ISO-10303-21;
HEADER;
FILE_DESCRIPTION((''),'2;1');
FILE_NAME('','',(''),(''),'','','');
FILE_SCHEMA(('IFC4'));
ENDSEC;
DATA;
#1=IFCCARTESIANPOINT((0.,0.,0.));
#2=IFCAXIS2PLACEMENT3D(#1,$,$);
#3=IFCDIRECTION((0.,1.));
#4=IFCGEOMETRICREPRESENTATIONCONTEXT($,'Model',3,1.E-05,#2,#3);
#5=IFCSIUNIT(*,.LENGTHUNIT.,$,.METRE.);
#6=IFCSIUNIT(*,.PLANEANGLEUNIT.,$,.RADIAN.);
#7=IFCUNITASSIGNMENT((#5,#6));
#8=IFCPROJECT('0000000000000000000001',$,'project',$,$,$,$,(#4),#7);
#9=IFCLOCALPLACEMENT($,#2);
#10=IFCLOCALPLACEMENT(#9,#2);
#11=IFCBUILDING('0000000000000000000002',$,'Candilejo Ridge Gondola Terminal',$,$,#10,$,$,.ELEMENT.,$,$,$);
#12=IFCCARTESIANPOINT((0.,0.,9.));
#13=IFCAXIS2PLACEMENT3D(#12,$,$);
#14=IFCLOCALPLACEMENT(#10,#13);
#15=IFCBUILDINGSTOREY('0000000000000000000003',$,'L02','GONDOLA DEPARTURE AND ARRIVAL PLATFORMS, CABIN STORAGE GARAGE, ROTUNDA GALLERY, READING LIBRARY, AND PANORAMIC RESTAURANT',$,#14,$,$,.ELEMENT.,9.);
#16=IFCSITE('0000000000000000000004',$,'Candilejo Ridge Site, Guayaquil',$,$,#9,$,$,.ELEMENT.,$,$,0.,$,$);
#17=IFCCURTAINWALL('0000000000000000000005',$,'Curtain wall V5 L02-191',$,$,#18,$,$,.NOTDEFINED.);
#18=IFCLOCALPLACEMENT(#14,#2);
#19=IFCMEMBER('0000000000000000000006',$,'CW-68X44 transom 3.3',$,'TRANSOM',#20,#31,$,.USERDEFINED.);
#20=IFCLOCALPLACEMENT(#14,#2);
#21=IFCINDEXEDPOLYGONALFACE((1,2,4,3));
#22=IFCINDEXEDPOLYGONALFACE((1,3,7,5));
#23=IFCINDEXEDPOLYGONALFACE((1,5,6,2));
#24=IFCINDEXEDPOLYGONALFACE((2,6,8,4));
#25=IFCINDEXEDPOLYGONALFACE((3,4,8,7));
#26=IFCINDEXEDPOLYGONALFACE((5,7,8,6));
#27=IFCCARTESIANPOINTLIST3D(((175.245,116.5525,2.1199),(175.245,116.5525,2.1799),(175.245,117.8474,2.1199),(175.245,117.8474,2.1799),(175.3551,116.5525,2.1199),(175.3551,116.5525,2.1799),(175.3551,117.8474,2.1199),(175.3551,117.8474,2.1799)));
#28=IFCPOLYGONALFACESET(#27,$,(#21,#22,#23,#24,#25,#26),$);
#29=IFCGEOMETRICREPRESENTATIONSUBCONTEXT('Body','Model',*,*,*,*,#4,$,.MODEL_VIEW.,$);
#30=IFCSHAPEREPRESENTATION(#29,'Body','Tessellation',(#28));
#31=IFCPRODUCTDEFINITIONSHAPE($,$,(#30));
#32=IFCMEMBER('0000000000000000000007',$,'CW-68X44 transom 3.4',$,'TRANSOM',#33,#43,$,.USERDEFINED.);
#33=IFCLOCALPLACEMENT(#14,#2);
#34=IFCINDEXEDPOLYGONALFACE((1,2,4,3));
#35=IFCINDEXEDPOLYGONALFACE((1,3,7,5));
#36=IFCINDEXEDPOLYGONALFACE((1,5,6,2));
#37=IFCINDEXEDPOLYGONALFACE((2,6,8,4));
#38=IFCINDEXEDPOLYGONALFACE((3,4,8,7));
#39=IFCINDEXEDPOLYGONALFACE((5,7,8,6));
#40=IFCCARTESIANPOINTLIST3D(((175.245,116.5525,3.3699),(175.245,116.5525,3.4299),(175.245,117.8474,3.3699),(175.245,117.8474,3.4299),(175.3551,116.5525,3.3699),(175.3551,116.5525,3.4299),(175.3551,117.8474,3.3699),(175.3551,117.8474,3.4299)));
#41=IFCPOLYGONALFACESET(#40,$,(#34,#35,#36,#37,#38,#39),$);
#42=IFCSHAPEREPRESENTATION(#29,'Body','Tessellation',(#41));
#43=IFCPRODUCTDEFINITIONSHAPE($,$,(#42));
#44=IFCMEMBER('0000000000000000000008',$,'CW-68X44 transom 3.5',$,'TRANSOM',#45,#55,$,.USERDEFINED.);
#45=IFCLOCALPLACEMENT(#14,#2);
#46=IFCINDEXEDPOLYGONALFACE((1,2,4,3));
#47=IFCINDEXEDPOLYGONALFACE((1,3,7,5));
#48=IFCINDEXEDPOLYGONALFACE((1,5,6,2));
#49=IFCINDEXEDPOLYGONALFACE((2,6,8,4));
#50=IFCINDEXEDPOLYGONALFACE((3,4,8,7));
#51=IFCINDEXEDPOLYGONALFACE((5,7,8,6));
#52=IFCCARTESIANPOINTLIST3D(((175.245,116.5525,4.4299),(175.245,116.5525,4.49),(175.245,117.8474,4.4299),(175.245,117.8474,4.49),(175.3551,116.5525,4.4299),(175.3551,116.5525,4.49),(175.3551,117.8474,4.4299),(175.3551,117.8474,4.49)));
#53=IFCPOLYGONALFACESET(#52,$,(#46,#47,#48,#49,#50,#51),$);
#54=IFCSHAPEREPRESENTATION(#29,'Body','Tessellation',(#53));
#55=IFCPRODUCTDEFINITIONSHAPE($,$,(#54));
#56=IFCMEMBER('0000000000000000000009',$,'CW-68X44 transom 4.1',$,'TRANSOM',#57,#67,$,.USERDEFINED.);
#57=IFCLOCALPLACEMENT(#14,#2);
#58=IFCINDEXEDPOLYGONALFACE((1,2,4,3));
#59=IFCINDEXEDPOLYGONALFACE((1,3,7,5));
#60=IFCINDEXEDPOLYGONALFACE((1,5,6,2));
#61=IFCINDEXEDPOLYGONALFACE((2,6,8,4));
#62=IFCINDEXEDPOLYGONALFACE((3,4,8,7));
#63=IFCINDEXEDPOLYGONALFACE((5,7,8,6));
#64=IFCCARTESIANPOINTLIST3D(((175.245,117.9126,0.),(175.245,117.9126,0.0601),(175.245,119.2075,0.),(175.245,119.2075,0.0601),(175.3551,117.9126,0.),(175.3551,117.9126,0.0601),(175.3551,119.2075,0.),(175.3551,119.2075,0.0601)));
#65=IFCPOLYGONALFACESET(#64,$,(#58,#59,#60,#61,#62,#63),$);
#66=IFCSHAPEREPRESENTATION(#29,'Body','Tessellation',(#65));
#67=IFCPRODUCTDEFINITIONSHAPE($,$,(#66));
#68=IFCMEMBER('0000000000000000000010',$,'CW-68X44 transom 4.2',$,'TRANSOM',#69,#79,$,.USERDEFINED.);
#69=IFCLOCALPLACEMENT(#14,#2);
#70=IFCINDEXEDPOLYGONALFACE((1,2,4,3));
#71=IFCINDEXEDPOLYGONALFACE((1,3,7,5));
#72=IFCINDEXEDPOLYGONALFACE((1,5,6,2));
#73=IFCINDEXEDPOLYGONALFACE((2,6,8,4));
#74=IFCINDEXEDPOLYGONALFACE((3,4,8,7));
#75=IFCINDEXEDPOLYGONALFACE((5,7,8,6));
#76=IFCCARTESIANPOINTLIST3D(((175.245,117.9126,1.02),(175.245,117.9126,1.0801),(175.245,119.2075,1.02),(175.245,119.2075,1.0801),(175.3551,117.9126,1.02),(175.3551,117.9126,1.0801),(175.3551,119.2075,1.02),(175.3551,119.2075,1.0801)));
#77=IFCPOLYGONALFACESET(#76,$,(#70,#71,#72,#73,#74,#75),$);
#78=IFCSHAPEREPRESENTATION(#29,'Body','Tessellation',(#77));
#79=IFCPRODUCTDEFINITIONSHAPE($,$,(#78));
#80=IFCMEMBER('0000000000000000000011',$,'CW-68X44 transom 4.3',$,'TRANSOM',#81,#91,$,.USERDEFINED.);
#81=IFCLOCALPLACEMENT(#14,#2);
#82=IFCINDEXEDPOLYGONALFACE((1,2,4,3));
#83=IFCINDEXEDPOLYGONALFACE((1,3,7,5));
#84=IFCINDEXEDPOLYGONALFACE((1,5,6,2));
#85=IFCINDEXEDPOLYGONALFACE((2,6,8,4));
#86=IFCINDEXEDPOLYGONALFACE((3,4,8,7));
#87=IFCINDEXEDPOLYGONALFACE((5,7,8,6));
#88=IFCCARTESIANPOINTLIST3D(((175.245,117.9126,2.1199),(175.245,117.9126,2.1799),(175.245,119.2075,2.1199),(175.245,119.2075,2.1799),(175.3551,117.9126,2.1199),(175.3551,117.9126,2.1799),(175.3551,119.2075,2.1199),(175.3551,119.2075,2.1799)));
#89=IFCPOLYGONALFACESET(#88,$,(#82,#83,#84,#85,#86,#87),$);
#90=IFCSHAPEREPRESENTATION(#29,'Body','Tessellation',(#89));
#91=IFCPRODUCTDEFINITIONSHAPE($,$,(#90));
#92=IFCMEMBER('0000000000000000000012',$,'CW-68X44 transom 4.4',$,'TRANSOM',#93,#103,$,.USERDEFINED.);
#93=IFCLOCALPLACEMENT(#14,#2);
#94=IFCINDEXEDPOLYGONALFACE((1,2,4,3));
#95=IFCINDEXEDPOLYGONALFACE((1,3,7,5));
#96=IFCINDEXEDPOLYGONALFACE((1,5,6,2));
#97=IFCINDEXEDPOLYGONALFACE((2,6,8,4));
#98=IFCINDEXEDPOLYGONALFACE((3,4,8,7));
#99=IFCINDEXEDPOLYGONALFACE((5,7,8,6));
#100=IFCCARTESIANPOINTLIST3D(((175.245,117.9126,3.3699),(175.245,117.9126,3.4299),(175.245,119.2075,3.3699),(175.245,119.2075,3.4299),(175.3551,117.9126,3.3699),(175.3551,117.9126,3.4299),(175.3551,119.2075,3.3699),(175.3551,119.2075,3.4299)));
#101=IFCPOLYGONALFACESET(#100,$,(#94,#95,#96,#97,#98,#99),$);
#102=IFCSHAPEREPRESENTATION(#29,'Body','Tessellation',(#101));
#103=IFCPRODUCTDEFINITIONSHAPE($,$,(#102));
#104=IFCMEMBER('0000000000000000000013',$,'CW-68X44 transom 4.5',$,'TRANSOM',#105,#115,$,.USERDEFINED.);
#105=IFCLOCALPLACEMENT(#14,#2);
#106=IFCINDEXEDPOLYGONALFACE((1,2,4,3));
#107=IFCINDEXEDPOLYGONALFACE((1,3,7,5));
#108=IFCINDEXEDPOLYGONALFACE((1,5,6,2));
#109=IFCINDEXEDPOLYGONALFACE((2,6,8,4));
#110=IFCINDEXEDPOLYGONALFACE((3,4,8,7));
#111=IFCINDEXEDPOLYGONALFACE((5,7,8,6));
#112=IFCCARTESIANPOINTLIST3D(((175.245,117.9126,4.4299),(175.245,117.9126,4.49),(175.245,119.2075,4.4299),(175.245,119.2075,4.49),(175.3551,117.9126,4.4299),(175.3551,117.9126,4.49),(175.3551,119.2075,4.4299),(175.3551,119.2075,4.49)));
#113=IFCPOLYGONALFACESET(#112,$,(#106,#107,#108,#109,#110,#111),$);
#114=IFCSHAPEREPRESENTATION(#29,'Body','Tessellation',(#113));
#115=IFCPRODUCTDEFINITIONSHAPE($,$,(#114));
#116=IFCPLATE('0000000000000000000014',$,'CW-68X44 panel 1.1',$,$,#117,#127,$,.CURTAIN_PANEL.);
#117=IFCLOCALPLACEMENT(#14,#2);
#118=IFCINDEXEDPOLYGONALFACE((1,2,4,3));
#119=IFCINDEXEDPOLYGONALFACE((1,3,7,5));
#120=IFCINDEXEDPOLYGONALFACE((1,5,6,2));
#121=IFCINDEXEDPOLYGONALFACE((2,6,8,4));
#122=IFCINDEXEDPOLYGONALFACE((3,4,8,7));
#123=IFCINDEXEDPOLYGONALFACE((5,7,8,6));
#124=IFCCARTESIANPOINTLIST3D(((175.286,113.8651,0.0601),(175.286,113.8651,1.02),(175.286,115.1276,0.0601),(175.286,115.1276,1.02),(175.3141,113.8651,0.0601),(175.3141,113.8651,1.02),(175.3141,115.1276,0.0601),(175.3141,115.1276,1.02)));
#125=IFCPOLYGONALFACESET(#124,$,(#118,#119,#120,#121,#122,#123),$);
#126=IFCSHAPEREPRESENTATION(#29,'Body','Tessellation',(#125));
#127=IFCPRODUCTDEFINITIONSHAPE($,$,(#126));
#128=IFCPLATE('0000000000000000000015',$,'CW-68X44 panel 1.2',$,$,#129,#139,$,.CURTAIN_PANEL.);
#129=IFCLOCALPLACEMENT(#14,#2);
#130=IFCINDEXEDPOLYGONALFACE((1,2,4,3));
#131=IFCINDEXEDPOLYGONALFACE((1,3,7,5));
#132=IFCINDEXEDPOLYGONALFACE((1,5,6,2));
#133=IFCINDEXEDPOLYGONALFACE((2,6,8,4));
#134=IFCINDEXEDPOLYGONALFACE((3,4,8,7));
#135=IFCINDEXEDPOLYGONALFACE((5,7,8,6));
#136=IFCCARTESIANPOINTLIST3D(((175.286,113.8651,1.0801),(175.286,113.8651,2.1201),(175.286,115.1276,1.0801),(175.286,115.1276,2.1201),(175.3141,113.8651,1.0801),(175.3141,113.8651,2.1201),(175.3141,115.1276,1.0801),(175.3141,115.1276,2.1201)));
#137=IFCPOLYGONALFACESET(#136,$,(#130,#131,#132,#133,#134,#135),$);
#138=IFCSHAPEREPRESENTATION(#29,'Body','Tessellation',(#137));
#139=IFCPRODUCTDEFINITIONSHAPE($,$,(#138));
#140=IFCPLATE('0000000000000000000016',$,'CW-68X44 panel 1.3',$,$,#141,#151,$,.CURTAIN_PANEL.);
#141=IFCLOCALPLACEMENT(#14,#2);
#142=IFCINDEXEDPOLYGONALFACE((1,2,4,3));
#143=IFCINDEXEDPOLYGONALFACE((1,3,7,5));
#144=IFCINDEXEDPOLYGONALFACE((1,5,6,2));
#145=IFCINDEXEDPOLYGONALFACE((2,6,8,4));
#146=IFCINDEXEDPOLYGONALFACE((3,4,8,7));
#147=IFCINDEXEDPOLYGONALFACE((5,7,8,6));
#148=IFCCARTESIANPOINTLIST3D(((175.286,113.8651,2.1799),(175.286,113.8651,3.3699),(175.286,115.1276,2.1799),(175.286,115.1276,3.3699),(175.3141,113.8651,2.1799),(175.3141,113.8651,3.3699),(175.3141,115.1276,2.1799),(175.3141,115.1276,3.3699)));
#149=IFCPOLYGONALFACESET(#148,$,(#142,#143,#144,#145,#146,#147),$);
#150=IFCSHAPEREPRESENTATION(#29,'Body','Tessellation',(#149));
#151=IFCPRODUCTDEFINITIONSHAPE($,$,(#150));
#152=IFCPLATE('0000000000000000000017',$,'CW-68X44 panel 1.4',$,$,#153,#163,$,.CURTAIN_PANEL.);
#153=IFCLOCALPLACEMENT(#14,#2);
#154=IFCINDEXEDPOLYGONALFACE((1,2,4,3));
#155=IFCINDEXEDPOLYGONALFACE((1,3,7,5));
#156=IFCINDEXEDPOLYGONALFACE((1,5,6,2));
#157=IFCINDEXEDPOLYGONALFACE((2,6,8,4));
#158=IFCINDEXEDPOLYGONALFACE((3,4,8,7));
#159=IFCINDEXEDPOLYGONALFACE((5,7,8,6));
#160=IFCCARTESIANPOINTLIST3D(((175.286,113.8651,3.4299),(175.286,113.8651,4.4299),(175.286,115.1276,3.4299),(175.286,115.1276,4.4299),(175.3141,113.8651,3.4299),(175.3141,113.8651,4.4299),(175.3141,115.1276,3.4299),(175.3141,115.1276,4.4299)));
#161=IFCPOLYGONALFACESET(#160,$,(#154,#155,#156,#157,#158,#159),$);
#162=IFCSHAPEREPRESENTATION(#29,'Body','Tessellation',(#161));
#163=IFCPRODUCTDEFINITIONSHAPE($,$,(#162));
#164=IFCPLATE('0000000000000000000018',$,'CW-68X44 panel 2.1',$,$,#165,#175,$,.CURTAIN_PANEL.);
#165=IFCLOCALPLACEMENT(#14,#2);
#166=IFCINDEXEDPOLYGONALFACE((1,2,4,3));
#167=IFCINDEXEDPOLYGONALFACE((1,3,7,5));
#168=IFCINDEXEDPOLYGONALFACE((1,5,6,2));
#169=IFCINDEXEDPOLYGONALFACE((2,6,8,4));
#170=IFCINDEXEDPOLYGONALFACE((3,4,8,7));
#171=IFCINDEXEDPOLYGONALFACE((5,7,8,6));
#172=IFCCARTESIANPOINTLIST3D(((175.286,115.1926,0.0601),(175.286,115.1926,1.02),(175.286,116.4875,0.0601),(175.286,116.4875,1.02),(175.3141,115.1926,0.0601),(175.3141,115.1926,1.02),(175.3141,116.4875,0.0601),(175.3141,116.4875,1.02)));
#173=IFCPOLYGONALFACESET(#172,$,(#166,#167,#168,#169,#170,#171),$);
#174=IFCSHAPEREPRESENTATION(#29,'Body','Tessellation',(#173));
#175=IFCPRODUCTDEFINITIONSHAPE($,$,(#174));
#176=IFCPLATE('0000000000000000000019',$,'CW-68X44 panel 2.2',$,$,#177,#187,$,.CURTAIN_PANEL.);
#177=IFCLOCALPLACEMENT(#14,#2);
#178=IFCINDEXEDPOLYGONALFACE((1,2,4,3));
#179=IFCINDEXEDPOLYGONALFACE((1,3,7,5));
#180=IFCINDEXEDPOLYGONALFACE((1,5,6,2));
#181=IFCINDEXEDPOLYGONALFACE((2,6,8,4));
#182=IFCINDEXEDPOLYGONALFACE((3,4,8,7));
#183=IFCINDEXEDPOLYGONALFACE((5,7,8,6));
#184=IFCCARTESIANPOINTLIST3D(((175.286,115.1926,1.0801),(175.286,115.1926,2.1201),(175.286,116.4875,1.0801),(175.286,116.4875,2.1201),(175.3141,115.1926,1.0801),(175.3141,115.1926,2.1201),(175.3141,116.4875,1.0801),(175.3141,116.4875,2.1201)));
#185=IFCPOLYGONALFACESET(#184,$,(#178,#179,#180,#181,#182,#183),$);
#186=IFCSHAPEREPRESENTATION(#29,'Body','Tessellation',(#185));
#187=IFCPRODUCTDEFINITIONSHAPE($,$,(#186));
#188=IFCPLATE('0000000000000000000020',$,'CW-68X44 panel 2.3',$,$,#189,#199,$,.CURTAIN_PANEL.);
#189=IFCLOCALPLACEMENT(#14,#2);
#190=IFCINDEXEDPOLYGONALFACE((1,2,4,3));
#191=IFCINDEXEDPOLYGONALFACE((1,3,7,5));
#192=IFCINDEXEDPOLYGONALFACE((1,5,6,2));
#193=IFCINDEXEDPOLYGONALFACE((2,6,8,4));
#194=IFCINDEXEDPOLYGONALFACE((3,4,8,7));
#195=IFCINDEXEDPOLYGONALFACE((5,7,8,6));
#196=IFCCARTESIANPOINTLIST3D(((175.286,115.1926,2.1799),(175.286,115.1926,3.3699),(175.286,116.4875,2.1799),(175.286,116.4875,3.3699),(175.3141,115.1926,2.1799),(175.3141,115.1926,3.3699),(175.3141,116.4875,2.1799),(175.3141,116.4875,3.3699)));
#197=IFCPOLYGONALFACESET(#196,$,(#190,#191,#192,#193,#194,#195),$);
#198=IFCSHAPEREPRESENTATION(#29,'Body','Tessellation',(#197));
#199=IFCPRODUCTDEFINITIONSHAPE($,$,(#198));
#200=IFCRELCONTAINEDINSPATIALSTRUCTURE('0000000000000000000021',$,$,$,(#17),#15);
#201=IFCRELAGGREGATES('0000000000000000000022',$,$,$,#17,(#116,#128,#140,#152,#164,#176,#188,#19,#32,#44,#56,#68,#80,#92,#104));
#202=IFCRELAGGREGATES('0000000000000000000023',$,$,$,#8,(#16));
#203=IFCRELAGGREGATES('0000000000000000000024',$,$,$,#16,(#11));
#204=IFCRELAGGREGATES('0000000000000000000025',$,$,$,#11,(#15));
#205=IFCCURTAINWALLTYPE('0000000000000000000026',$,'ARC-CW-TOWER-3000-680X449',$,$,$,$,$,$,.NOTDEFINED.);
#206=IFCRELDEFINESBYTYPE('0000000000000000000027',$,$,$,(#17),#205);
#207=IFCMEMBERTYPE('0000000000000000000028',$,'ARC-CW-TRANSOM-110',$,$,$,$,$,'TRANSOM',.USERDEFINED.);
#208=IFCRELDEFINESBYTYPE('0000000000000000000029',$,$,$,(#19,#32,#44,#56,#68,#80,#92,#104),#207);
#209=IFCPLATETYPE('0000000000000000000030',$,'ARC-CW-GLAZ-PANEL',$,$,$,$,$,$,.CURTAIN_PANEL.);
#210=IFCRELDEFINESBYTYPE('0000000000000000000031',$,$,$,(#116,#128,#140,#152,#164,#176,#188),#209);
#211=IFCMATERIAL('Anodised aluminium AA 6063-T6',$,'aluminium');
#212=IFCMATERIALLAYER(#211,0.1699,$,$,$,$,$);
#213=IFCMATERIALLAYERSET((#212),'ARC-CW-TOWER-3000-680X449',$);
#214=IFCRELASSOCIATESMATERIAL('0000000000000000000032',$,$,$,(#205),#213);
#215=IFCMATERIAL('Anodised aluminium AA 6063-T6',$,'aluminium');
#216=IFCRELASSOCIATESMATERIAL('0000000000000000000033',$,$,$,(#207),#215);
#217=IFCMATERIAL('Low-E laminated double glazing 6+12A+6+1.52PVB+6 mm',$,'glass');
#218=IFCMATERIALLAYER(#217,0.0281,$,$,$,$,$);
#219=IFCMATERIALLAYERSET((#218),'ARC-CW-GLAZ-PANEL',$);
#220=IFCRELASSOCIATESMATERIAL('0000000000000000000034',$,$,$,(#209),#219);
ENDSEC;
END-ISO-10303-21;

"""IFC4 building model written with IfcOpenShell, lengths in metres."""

from ifc_helpers import new_model, si_unit, direction, frame, origin, origin_2d, place, context, subcontext, project, spatial, rectangle, extrude, material, layer, layer_set, material_profile, profile_set, type_object, element, aggregate, save


model = new_model("IFC4")

# Units and contexts
model_context = context("Model", 3, precision=1e-05, world=origin(), true_north=direction((0.0, 1.0)))
body_context = subcontext(model_context, "Body", "Model", "MODEL_VIEW")
ifc_project = project(units=[si_unit("LENGTHUNIT", "METRE"), si_unit("PLANEANGLEUNIT", "RADIAN")], contexts=[model_context])

# Site, building, storey
site_placement = place(None, origin())
site = spatial("IfcSite", under=ifc_project, at=site_placement, Name="Candilejo Ridge Site, Guayaquil", CompositionType="ELEMENT", RefElevation=0.0)
building_placement = place(site_placement, origin())
building = spatial("IfcBuilding", under=site, at=building_placement, Name="Candilejo Ridge Gondola Terminal", CompositionType="ELEMENT")
storey_placement = place(building_placement, frame((0.0, 0.0, 9.0)))
storey = spatial("IfcBuildingStorey", under=building, at=storey_placement, Name="L02", Description="GONDOLA DEPARTURE AND ARRIVAL PLATFORMS, CABIN STORAGE GARAGE, ROTUNDA GALLERY, READING LIBRARY, AND PANORAMIC RESTAURANT", CompositionType="ELEMENT", Elevation=9.0)

# Curtain wall, members, plates
ifc_material_1 = material(Name="Anodised aluminium AA 6063-T6", Category="aluminium")
ifc_layer_1 = layer(ifc_material_1, 0.1699)
ifc_layer_set_1 = layer_set([ifc_layer_1], Name="ARC-CW-TOWER-3000-680X449")
curtain_wall_type = type_object("IfcCurtainWallType", Name="ARC-CW-TOWER-3000-680X449", PredefinedType="NOTDEFINED", material=ifc_layer_set_1)
curtain_wall_placement = place(storey_placement, origin())
curtain_wall = element("IfcCurtainWall", 1, at=curtain_wall_placement, inside=storey, type_object=curtain_wall_type, Name="Curtain wall V5 L02-191", PredefinedType="NOTDEFINED")
ifc_material_2 = material(Name="Anodised aluminium AA 6063-T6", Category="aluminium")
ifc_material_profile_1 = material_profile(ifc_material_2, rectangle(XDim=0.1101, YDim=0.0601, at=origin_2d()))
ifc_profile_set_1 = profile_set([ifc_material_profile_1], Name="Anodised aluminium AA 6063-T6")
member_type_1 = type_object("IfcMemberType", Name="ARC-CW-TRANSOM-110", ElementType="TRANSOM", PredefinedType="USERDEFINED", material=ifc_profile_set_1)
member_1_placement = place(storey_placement, frame((175.3, 116.5525, 2.1499), z_axis=(0.0, 1.0, 0.0), x_axis=(-1.0, 0.0, 0.0)))
member_1 = element("IfcMember", 2, at=member_1_placement, type_object=member_type_1, Name="CW-68X44 transom 3.3", ObjectType="TRANSOM", PredefinedType="USERDEFINED", context=body_context, shape_type="SweptSolid", body=[
    extrude(rectangle(XDim=0.1101, YDim=0.0601, at=origin_2d()), origin(), (0.0, 0.0, 1.0), 1.2949),
])
member_2_placement = place(storey_placement, frame((175.3, 116.5525, 3.3999), z_axis=(0.0, 1.0, 0.0), x_axis=(-1.0, 0.0, 0.0)))
member_2 = element("IfcMember", 3, at=member_2_placement, type_object=member_type_1, Name="CW-68X44 transom 3.4", ObjectType="TRANSOM", PredefinedType="USERDEFINED", context=body_context, shape_type="SweptSolid", body=[
    extrude(rectangle(XDim=0.1101, YDim=0.0601, at=origin_2d()), origin(), (0.0, 0.0, 1.0), 1.2949),
])
member_3_placement = place(storey_placement, frame((175.3, 116.5525, 4.46), z_axis=(0.0, 1.0, 0.0), x_axis=(-1.0, 0.0, 0.0)))
member_3 = element("IfcMember", 4, at=member_3_placement, type_object=member_type_1, Name="CW-68X44 transom 3.5", ObjectType="TRANSOM", PredefinedType="USERDEFINED", context=body_context, shape_type="SweptSolid", body=[
    extrude(rectangle(XDim=0.1101, YDim=0.0601, at=origin_2d()), origin(), (0.0, 0.0, 1.0), 1.2949),
])
member_4_placement = place(storey_placement, frame((175.3, 117.9126, 0.03), z_axis=(0.0, 1.0, 0.0), x_axis=(-1.0, 0.0, 0.0)))
member_4 = element("IfcMember", 5, at=member_4_placement, type_object=member_type_1, Name="CW-68X44 transom 4.1", ObjectType="TRANSOM", PredefinedType="USERDEFINED", context=body_context, shape_type="SweptSolid", body=[
    extrude(rectangle(XDim=0.1101, YDim=0.0601, at=origin_2d()), origin(), (0.0, 0.0, 1.0), 1.2949),
])
member_5_placement = place(storey_placement, frame((175.3, 117.9126, 1.05), z_axis=(0.0, 1.0, 0.0), x_axis=(-1.0, 0.0, 0.0)))
member_5 = element("IfcMember", 6, at=member_5_placement, type_object=member_type_1, Name="CW-68X44 transom 4.2", ObjectType="TRANSOM", PredefinedType="USERDEFINED", context=body_context, shape_type="SweptSolid", body=[
    extrude(rectangle(XDim=0.1101, YDim=0.0601, at=origin_2d()), origin(), (0.0, 0.0, 1.0), 1.2949),
])
member_6_placement = place(storey_placement, frame((175.3, 117.9126, 2.1499), z_axis=(0.0, 1.0, 0.0), x_axis=(-1.0, 0.0, 0.0)))
member_6 = element("IfcMember", 7, at=member_6_placement, type_object=member_type_1, Name="CW-68X44 transom 4.3", ObjectType="TRANSOM", PredefinedType="USERDEFINED", context=body_context, shape_type="SweptSolid", body=[
    extrude(rectangle(XDim=0.1101, YDim=0.0601, at=origin_2d()), origin(), (0.0, 0.0, 1.0), 1.2949),
])
member_7_placement = place(storey_placement, frame((175.3, 117.9126, 3.3999), z_axis=(0.0, 1.0, 0.0), x_axis=(-1.0, 0.0, 0.0)))
member_7 = element("IfcMember", 8, at=member_7_placement, type_object=member_type_1, Name="CW-68X44 transom 4.4", ObjectType="TRANSOM", PredefinedType="USERDEFINED", context=body_context, shape_type="SweptSolid", body=[
    extrude(rectangle(XDim=0.1101, YDim=0.0601, at=origin_2d()), origin(), (0.0, 0.0, 1.0), 1.2949),
])
member_8_placement = place(storey_placement, frame((175.3, 117.9126, 4.46), z_axis=(0.0, 1.0, 0.0), x_axis=(-1.0, 0.0, 0.0)))
member_8 = element("IfcMember", 9, at=member_8_placement, type_object=member_type_1, Name="CW-68X44 transom 4.5", ObjectType="TRANSOM", PredefinedType="USERDEFINED", context=body_context, shape_type="SweptSolid", body=[
    extrude(rectangle(XDim=0.1101, YDim=0.0601, at=origin_2d()), origin(), (0.0, 0.0, 1.0), 1.2949),
])
ifc_material_3 = material(Name="Low-E laminated double glazing 6+12A+6+1.52PVB+6 mm", Category="glass")
ifc_layer_2 = layer(ifc_material_3, 0.0281)
ifc_layer_set_2 = layer_set([ifc_layer_2], Name="ARC-CW-GLAZ-PANEL")
plate_type = type_object("IfcPlateType", Name="ARC-CW-GLAZ-PANEL", PredefinedType="CURTAIN_PANEL", material=ifc_layer_set_2)
plate_1_placement = place(storey_placement, frame((175.3, 114.4963, 0.0601), z_axis=(0.0, 0.0, 1.0), x_axis=(0.0, 1.0, 0.0)))
plate_1 = element("IfcPlate", 10, at=plate_1_placement, type_object=plate_type, Name="CW-68X44 panel 1.1", PredefinedType="CURTAIN_PANEL", context=body_context, shape_type="SweptSolid", body=[
    extrude(rectangle(XDim=1.2625, YDim=0.0281, at=origin_2d()), origin(), (0.0, 0.0, 1.0), 0.96),
])
plate_2_placement = place(storey_placement, frame((175.3, 114.4963, 1.0801), z_axis=(0.0, 0.0, 1.0), x_axis=(0.0, 1.0, 0.0)))
plate_2 = element("IfcPlate", 11, at=plate_2_placement, type_object=plate_type, Name="CW-68X44 panel 1.2", PredefinedType="CURTAIN_PANEL", context=body_context, shape_type="SweptSolid", body=[
    extrude(rectangle(XDim=1.2625, YDim=0.0281, at=origin_2d()), origin(), (0.0, 0.0, 1.0), 1.04),
])
plate_3_placement = place(storey_placement, frame((175.3, 114.4963, 2.1799), z_axis=(0.0, 0.0, 1.0), x_axis=(0.0, 1.0, 0.0)))
plate_3 = element("IfcPlate", 12, at=plate_3_placement, type_object=plate_type, Name="CW-68X44 panel 1.3", PredefinedType="CURTAIN_PANEL", context=body_context, shape_type="SweptSolid", body=[
    extrude(rectangle(XDim=1.2625, YDim=0.0281, at=origin_2d()), origin(), (0.0, 0.0, 1.0), 1.1899),
])
plate_4_placement = place(storey_placement, frame((175.3, 114.4963, 3.4299), z_axis=(0.0, 0.0, 1.0), x_axis=(0.0, 1.0, 0.0)))
plate_4 = element("IfcPlate", 13, at=plate_4_placement, type_object=plate_type, Name="CW-68X44 panel 1.4", PredefinedType="CURTAIN_PANEL", context=body_context, shape_type="SweptSolid", body=[
    extrude(rectangle(XDim=1.2625, YDim=0.0281, at=origin_2d()), origin(), (0.0, 0.0, 1.0), 1.0),
])
plate_5_placement = place(storey_placement, frame((175.3, 115.8401, 0.0601), z_axis=(0.0, 0.0, 1.0), x_axis=(0.0, 1.0, 0.0)))
plate_5 = element("IfcPlate", 14, at=plate_5_placement, type_object=plate_type, Name="CW-68X44 panel 2.1", PredefinedType="CURTAIN_PANEL", context=body_context, shape_type="SweptSolid", body=[
    extrude(rectangle(XDim=1.2949, YDim=0.0281, at=origin_2d()), origin(), (0.0, 0.0, 1.0), 0.96),
])
plate_6_placement = place(storey_placement, frame((175.3, 115.8401, 1.0801), z_axis=(0.0, 0.0, 1.0), x_axis=(0.0, 1.0, 0.0)))
plate_6 = element("IfcPlate", 15, at=plate_6_placement, type_object=plate_type, Name="CW-68X44 panel 2.2", PredefinedType="CURTAIN_PANEL", context=body_context, shape_type="SweptSolid", body=[
    extrude(rectangle(XDim=1.2949, YDim=0.0281, at=origin_2d()), origin(), (0.0, 0.0, 1.0), 1.04),
])
plate_7_placement = place(storey_placement, frame((175.3, 115.8401, 2.1799), z_axis=(0.0, 0.0, 1.0), x_axis=(0.0, 1.0, 0.0)))
plate_7 = element("IfcPlate", 16, at=plate_7_placement, type_object=plate_type, Name="CW-68X44 panel 2.3", PredefinedType="CURTAIN_PANEL", context=body_context, shape_type="SweptSolid", body=[
    extrude(rectangle(XDim=1.2949, YDim=0.0281, at=origin_2d()), origin(), (0.0, 0.0, 1.0), 1.1899),
])
aggregate(curtain_wall, [plate_1, plate_2, plate_3, plate_4, plate_5, plate_6, plate_7, member_1, member_2, member_3, member_4, member_5, member_6, member_7, member_8])

save(model, "model.ifc")
